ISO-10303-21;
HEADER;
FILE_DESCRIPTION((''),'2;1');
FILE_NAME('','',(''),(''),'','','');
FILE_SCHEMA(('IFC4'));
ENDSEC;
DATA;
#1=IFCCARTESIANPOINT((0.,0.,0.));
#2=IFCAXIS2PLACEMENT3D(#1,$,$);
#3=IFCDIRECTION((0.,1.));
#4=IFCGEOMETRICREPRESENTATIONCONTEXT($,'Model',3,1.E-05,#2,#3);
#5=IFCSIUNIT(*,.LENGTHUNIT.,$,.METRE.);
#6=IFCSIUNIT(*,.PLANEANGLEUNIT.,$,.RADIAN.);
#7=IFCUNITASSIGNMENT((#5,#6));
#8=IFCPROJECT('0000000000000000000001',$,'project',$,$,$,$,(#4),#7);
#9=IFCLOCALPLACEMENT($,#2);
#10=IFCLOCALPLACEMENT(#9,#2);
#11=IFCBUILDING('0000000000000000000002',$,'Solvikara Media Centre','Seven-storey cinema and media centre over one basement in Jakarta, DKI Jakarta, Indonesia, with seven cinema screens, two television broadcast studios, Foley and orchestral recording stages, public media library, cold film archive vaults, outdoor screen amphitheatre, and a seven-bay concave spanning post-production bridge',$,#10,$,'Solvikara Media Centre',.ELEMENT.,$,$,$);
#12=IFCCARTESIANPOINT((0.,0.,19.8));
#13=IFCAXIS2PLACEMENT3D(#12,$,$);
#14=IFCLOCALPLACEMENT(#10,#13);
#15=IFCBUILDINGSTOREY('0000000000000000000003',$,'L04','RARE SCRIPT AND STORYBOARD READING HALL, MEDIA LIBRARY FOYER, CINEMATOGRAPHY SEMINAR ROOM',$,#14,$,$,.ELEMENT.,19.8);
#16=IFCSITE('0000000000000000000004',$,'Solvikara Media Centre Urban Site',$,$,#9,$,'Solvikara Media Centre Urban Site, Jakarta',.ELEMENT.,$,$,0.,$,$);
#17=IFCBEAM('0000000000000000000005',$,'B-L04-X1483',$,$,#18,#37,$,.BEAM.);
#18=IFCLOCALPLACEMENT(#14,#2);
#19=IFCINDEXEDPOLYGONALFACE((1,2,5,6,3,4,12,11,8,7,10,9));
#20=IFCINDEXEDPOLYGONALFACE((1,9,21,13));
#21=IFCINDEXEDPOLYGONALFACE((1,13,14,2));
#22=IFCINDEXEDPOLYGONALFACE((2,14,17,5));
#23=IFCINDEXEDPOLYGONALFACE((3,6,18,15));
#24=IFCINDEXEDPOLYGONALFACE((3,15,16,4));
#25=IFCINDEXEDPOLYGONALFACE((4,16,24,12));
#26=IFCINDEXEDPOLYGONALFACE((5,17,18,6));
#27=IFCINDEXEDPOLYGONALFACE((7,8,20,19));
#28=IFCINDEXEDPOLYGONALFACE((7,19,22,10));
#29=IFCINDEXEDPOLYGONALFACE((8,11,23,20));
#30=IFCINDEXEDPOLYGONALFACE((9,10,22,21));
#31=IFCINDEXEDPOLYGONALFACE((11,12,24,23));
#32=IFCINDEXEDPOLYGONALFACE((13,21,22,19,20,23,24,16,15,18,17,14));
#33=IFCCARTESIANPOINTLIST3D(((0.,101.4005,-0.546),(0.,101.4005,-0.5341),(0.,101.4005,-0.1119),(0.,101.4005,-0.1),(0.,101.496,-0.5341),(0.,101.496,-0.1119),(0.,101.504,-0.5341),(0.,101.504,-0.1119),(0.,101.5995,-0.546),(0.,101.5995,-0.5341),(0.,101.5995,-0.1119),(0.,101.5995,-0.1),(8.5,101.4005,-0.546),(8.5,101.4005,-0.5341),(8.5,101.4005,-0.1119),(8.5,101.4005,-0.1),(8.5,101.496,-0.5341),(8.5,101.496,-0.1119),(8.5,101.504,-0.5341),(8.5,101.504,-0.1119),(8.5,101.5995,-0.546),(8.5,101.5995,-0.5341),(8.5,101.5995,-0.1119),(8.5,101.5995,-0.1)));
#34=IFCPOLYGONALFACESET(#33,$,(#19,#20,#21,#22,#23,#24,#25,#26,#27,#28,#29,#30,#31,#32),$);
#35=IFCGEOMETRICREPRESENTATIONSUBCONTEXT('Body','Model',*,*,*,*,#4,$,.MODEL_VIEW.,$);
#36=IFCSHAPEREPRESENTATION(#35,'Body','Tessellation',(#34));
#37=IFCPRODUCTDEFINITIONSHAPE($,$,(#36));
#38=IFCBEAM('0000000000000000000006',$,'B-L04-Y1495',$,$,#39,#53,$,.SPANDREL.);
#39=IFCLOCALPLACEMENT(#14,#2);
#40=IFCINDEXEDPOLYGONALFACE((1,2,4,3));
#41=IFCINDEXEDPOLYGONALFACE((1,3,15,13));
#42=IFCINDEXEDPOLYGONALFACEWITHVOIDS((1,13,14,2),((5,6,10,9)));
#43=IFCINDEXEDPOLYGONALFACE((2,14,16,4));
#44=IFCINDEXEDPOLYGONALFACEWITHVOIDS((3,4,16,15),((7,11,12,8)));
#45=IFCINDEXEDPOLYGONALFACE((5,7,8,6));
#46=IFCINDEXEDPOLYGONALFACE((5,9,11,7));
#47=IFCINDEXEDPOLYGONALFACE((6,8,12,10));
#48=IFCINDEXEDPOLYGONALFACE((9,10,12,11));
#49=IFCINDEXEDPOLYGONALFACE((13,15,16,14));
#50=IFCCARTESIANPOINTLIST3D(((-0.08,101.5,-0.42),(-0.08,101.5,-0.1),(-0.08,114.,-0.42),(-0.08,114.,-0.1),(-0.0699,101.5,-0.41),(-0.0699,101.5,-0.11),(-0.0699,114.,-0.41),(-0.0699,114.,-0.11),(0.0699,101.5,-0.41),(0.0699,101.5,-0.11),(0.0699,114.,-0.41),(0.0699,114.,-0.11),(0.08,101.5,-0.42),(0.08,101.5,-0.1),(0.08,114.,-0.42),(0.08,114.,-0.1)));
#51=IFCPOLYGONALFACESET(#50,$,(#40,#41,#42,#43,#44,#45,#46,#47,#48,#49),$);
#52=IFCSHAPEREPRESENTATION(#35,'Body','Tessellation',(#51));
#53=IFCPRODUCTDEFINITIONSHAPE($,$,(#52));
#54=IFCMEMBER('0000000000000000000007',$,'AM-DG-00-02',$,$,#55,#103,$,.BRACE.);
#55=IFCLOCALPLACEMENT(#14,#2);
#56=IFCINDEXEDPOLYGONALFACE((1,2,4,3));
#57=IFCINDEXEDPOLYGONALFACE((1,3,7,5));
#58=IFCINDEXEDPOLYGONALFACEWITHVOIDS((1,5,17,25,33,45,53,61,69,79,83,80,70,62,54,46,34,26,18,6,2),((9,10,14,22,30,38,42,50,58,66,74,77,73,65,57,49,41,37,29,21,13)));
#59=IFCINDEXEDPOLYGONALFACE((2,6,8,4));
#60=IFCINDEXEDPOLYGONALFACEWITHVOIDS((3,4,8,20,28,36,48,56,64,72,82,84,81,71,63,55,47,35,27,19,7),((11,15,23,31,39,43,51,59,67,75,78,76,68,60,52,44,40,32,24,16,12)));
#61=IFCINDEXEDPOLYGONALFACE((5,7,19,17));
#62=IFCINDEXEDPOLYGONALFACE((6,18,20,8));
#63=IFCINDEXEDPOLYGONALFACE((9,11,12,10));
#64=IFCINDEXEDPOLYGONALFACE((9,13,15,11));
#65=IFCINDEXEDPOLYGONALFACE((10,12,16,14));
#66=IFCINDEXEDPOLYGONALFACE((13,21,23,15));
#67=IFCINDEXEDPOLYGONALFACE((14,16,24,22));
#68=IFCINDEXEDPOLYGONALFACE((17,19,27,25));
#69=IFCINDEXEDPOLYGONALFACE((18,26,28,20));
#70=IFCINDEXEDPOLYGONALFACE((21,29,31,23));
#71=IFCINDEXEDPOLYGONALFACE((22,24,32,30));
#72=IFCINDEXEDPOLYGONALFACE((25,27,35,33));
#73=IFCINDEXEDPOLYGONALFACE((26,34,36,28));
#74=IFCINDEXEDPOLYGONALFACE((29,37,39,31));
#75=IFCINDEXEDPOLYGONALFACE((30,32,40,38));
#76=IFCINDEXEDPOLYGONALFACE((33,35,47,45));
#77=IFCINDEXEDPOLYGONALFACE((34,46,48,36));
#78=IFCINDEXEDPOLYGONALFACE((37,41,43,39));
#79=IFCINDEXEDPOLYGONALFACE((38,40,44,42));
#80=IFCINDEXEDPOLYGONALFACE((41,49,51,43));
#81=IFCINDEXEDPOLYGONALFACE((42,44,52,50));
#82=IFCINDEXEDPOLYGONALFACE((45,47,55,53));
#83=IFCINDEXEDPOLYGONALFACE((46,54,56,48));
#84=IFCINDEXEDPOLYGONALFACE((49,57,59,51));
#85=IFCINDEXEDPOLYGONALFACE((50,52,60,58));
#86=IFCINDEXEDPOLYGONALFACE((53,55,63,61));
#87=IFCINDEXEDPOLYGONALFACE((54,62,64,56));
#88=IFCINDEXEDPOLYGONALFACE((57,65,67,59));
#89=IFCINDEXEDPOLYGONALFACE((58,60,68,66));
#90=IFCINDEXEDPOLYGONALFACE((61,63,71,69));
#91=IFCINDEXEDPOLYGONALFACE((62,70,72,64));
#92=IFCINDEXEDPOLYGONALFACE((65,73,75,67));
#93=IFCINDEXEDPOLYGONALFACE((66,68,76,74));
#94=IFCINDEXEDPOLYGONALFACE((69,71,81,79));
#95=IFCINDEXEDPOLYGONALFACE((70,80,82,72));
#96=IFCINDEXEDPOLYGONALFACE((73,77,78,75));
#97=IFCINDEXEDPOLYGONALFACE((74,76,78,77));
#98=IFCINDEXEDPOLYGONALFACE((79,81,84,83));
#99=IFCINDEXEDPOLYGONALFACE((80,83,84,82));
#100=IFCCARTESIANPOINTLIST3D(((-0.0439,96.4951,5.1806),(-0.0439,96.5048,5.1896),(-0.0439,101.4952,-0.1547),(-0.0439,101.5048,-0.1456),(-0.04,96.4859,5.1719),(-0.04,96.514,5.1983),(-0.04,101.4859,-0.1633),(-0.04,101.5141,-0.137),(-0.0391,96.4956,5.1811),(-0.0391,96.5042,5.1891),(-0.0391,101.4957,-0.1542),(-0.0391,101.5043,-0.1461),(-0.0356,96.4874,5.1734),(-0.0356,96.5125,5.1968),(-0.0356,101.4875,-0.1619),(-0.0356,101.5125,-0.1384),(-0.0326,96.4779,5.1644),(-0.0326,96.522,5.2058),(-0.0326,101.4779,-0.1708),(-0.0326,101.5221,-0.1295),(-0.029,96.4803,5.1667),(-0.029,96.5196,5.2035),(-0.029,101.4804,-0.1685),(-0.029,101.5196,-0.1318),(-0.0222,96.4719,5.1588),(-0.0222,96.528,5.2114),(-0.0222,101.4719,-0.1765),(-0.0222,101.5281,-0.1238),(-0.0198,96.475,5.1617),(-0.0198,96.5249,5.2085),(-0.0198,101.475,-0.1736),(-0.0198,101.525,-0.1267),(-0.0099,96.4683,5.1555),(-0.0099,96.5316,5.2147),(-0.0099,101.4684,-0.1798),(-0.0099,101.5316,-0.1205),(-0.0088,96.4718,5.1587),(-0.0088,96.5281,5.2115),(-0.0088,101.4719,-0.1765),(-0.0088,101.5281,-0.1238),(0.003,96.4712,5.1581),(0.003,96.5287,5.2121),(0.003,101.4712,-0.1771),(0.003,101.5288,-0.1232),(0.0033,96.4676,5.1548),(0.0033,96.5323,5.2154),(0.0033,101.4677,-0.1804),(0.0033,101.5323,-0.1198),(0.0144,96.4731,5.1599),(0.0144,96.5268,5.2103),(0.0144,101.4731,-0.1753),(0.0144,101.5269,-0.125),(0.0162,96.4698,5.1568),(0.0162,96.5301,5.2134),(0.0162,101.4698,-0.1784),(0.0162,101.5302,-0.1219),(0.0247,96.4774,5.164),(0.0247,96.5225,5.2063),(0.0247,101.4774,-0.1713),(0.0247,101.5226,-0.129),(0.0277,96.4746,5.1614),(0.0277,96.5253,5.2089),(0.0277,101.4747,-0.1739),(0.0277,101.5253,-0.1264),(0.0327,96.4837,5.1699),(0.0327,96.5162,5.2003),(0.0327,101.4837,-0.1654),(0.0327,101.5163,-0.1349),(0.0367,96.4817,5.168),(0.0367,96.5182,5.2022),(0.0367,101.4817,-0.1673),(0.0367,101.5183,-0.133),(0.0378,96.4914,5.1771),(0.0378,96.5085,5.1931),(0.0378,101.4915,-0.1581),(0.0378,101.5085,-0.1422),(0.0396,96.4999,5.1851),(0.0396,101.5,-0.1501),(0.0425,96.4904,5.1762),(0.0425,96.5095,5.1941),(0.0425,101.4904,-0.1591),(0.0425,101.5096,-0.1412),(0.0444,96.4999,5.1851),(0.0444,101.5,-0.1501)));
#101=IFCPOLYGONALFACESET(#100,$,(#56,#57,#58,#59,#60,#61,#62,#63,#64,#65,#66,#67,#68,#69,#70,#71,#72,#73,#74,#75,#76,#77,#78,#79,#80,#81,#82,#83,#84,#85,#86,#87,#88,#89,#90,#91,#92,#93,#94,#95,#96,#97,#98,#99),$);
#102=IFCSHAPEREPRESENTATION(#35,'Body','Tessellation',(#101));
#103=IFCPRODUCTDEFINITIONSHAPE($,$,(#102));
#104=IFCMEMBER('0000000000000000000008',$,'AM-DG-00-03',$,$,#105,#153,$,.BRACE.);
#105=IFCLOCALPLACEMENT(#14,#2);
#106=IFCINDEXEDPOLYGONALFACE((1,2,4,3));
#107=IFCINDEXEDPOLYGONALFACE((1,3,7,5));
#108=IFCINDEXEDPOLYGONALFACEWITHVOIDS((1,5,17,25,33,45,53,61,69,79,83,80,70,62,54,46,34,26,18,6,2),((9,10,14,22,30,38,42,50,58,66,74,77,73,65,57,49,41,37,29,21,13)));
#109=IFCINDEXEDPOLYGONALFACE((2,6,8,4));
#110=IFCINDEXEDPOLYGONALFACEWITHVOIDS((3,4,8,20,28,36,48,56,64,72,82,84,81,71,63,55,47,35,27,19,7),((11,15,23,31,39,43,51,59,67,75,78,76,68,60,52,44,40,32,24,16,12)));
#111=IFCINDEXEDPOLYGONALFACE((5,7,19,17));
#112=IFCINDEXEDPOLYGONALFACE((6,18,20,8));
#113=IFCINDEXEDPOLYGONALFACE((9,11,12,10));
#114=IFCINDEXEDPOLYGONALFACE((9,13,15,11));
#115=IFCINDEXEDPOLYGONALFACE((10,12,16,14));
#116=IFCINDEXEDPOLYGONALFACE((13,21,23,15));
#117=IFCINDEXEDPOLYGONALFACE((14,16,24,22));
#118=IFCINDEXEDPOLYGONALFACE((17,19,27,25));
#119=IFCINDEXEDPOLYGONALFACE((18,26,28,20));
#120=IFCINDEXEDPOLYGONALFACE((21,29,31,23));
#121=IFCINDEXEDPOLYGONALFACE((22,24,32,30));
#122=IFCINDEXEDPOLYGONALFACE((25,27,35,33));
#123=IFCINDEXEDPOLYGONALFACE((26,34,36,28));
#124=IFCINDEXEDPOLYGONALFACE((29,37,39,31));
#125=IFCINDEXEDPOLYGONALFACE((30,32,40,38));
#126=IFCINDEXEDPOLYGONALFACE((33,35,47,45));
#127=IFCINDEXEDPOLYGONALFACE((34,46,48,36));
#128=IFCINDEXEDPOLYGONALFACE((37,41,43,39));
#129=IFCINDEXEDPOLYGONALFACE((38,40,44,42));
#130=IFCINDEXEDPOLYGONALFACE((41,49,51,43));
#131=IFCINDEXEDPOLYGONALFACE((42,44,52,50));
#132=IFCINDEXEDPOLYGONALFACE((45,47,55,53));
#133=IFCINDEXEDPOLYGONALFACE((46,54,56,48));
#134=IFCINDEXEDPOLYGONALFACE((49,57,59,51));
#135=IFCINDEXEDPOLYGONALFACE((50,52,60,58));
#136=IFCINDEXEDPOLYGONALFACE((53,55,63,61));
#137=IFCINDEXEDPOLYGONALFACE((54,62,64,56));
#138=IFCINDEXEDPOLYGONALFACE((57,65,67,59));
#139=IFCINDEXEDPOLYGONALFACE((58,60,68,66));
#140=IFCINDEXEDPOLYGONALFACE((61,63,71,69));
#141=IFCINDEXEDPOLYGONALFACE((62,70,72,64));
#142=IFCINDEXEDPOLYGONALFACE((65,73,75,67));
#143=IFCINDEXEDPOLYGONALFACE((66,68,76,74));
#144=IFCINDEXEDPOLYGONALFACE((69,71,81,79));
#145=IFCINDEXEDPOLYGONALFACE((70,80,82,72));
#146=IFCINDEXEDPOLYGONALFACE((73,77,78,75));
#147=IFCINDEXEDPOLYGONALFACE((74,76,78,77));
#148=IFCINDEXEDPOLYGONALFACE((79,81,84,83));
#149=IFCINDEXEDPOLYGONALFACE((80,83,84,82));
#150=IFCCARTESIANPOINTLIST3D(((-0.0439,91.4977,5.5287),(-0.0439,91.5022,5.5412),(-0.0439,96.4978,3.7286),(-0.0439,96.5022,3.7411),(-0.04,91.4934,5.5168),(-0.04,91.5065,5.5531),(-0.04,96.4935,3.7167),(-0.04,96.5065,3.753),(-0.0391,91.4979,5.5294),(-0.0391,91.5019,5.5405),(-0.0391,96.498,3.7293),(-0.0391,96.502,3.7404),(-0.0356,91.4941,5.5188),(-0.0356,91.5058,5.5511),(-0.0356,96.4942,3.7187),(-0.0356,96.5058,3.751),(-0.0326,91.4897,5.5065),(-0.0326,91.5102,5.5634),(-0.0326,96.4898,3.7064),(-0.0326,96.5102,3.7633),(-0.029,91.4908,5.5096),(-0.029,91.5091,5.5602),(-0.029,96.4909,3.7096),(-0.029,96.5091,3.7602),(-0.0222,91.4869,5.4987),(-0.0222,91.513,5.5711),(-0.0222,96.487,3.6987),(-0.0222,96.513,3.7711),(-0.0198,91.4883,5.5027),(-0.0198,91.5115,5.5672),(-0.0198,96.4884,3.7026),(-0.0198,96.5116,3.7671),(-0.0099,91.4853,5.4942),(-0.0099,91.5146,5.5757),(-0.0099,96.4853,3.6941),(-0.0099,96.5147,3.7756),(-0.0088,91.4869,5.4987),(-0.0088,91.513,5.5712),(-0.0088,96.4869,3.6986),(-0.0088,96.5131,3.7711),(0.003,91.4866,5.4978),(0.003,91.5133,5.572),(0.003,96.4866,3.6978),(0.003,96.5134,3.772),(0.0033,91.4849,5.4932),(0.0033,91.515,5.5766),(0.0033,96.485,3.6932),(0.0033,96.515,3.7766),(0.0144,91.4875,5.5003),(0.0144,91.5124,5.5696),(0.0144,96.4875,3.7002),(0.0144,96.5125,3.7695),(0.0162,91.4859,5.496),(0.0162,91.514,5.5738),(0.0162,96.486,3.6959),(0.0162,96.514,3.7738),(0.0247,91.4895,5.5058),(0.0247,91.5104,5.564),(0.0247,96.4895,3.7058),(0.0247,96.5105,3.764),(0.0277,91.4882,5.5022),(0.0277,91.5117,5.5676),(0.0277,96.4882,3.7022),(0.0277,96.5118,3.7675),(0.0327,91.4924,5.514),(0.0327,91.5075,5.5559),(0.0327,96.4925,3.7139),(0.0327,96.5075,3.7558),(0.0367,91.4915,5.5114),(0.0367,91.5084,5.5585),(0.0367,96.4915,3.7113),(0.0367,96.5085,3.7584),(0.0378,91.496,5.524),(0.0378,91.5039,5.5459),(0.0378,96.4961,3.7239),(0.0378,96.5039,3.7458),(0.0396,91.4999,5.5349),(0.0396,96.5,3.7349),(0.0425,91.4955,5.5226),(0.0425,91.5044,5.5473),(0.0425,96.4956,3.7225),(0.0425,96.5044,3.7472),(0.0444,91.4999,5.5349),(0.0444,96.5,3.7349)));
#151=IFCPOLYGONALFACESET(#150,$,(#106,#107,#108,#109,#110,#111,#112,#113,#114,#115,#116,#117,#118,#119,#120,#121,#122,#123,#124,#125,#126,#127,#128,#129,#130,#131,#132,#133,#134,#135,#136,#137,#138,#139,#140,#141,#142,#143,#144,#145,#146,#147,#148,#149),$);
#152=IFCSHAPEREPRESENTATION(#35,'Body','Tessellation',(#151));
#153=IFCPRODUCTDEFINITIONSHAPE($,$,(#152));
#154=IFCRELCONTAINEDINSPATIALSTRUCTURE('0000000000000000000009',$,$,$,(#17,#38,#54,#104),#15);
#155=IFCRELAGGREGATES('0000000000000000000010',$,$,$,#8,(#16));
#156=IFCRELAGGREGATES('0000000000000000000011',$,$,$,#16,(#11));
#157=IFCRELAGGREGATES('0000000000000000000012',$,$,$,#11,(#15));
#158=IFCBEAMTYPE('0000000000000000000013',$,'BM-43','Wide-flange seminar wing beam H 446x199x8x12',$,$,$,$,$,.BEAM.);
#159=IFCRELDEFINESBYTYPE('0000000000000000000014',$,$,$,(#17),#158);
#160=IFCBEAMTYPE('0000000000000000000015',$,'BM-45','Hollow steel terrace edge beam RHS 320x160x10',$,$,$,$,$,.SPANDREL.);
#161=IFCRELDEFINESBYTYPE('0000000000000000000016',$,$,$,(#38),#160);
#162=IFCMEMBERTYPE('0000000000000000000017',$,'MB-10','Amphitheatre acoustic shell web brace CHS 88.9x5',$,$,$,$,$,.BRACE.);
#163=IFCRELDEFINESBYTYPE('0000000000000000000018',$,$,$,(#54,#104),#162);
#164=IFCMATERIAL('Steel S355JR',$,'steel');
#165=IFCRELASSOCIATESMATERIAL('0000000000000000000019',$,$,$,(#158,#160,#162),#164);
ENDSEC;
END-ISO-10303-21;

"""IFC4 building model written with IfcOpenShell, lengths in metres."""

from ifc_helpers import new_model, si_unit, direction, frame, origin, origin_2d, place, context, subcontext, project, spatial, hollow_rectangle, hollow_circle, i_section, extrude, material, material_profile, profile_set, type_object, element, save


model = new_model("IFC4")

# Units and contexts
model_context = context("Model", 3, precision=1e-05, world=origin(), true_north=direction((0.0, 1.0)))
body_context = subcontext(model_context, "Body", "Model", "MODEL_VIEW")
ifc_project = project(units=[si_unit("LENGTHUNIT", "METRE"), si_unit("PLANEANGLEUNIT", "RADIAN")], contexts=[model_context])

# Site, building, storey
site_placement = place(None, origin())
site = spatial("IfcSite", under=ifc_project, at=site_placement, Name="Solvikara Media Centre Urban Site", LongName="Solvikara Media Centre Urban Site, Jakarta", CompositionType="ELEMENT", RefElevation=0.0)
building_placement = place(site_placement, origin())
building = spatial("IfcBuilding", under=site, at=building_placement, Name="Solvikara Media Centre", Description="Seven-storey cinema and media centre over one basement in Jakarta, DKI Jakarta, Indonesia, with seven cinema screens, two television broadcast studios, Foley and orchestral recording stages, public media library, cold film archive vaults, outdoor screen amphitheatre, and a seven-bay concave spanning post-production bridge", LongName="Solvikara Media Centre", CompositionType="ELEMENT")
storey_placement = place(building_placement, frame((0.0, 0.0, 19.8)))
storey = spatial("IfcBuildingStorey", under=building, at=storey_placement, Name="L04", Description="RARE SCRIPT AND STORYBOARD READING HALL, MEDIA LIBRARY FOYER, CINEMATOGRAPHY SEMINAR ROOM", CompositionType="ELEMENT", Elevation=19.8)

# Beams
ifc_material_1 = material(Name="Steel S355JR", Category="steel")
ifc_material_profile_1 = material_profile(ifc_material_1, i_section(OverallWidth=0.199, OverallDepth=0.446, WebThickness=0.0081, FlangeThickness=0.012, at=origin_2d()), Name="H 446x199x8x12")
ifc_profile_set_1 = profile_set([ifc_material_profile_1], Name="Steel S355JR")
beam_type_1 = type_object("IfcBeamType", Name="BM-43", Description="Wide-flange seminar wing beam H 446x199x8x12", PredefinedType="BEAM", material=ifc_profile_set_1)
beam_1_placement = place(storey_placement, frame((0.0, 101.5, -0.323), z_axis=(1.0, 0.0, 0.0), x_axis=(0.0, 1.0, 0.0)))
element("IfcBeam", 1, at=beam_1_placement, inside=storey, type_object=beam_type_1, Name="B-L04-X1483", PredefinedType="BEAM", context=body_context, shape_type="SweptSolid", body=[
    extrude(i_section(OverallWidth=0.199, OverallDepth=0.446, WebThickness=0.0081, FlangeThickness=0.012, at=origin_2d()), origin(), (0.0, 0.0, 1.0), 8.5),
])
ifc_material_profile_2 = material_profile(ifc_material_1, hollow_rectangle(XDim=0.1599, YDim=0.3201, WallThickness=0.01, at=origin_2d()), Name="RHS 320x160x10")
ifc_profile_set_2 = profile_set([ifc_material_profile_2], Name="Steel S355JR")
beam_type_2 = type_object("IfcBeamType", Name="BM-45", Description="Hollow steel terrace edge beam RHS 320x160x10", PredefinedType="SPANDREL", material=ifc_profile_set_2)
beam_2_placement = place(storey_placement, frame((0.0, 101.5, -0.26), z_axis=(0.0, 1.0, 0.0), x_axis=(-1.0, 0.0, 0.0)))
element("IfcBeam", 2, at=beam_2_placement, inside=storey, type_object=beam_type_2, Name="B-L04-Y1495", PredefinedType="SPANDREL", context=body_context, shape_type="SweptSolid", body=[
    extrude(hollow_rectangle(XDim=0.1599, YDim=0.3201, WallThickness=0.01, at=origin_2d()), origin(), (0.0, 0.0, 1.0), 12.5),
])

# Members
ifc_material_profile_3 = material_profile(ifc_material_1, hollow_circle(Radius=0.0444, WallThickness=0.0049, at=origin_2d()), Name="CHS 88.9x5")
ifc_profile_set_3 = profile_set([ifc_material_profile_3], Name="Steel S355JR")
member_type_1 = type_object("IfcMemberType", Name="MB-10", Description="Amphitheatre acoustic shell web brace CHS 88.9x5", PredefinedType="BRACE", material=ifc_profile_set_3)
member_1_placement = place(storey_placement, frame((0.0, 101.5, -0.1501), z_axis=(0.0, -0.683813, 0.729657), x_axis=(1.0, 0.0, 0.0)))
element("IfcMember", 3, at=member_1_placement, inside=storey, type_object=member_type_1, Name="AM-DG-00-02", PredefinedType="BRACE", context=body_context, shape_type="SweptSolid", body=[
    extrude(hollow_circle(Radius=0.0444, WallThickness=0.0049, at=origin_2d()), origin(), (0.0, 0.0, 1.0), 7.312),
])
for number, where, z_axis, x_axis, name in (
    (4, (0.0, 96.5, 3.7349), (0.0, -0.940884, 0.338728), (1.0, 0.0, 0.0), "AM-DG-00-03"),
):
    element("IfcMember", number, at=place(storey_placement, frame(where, z_axis=z_axis, x_axis=x_axis)), inside=storey, type_object=member_type_1, Name=name, PredefinedType="BRACE", context=body_context, shape_type="SweptSolid", body=[
        extrude(hollow_circle(Radius=0.0444, WallThickness=0.0049, at=origin_2d()), origin(), (0.0, 0.0, 1.0), 5.3142),
    ])

save(model, "model.ifc")
